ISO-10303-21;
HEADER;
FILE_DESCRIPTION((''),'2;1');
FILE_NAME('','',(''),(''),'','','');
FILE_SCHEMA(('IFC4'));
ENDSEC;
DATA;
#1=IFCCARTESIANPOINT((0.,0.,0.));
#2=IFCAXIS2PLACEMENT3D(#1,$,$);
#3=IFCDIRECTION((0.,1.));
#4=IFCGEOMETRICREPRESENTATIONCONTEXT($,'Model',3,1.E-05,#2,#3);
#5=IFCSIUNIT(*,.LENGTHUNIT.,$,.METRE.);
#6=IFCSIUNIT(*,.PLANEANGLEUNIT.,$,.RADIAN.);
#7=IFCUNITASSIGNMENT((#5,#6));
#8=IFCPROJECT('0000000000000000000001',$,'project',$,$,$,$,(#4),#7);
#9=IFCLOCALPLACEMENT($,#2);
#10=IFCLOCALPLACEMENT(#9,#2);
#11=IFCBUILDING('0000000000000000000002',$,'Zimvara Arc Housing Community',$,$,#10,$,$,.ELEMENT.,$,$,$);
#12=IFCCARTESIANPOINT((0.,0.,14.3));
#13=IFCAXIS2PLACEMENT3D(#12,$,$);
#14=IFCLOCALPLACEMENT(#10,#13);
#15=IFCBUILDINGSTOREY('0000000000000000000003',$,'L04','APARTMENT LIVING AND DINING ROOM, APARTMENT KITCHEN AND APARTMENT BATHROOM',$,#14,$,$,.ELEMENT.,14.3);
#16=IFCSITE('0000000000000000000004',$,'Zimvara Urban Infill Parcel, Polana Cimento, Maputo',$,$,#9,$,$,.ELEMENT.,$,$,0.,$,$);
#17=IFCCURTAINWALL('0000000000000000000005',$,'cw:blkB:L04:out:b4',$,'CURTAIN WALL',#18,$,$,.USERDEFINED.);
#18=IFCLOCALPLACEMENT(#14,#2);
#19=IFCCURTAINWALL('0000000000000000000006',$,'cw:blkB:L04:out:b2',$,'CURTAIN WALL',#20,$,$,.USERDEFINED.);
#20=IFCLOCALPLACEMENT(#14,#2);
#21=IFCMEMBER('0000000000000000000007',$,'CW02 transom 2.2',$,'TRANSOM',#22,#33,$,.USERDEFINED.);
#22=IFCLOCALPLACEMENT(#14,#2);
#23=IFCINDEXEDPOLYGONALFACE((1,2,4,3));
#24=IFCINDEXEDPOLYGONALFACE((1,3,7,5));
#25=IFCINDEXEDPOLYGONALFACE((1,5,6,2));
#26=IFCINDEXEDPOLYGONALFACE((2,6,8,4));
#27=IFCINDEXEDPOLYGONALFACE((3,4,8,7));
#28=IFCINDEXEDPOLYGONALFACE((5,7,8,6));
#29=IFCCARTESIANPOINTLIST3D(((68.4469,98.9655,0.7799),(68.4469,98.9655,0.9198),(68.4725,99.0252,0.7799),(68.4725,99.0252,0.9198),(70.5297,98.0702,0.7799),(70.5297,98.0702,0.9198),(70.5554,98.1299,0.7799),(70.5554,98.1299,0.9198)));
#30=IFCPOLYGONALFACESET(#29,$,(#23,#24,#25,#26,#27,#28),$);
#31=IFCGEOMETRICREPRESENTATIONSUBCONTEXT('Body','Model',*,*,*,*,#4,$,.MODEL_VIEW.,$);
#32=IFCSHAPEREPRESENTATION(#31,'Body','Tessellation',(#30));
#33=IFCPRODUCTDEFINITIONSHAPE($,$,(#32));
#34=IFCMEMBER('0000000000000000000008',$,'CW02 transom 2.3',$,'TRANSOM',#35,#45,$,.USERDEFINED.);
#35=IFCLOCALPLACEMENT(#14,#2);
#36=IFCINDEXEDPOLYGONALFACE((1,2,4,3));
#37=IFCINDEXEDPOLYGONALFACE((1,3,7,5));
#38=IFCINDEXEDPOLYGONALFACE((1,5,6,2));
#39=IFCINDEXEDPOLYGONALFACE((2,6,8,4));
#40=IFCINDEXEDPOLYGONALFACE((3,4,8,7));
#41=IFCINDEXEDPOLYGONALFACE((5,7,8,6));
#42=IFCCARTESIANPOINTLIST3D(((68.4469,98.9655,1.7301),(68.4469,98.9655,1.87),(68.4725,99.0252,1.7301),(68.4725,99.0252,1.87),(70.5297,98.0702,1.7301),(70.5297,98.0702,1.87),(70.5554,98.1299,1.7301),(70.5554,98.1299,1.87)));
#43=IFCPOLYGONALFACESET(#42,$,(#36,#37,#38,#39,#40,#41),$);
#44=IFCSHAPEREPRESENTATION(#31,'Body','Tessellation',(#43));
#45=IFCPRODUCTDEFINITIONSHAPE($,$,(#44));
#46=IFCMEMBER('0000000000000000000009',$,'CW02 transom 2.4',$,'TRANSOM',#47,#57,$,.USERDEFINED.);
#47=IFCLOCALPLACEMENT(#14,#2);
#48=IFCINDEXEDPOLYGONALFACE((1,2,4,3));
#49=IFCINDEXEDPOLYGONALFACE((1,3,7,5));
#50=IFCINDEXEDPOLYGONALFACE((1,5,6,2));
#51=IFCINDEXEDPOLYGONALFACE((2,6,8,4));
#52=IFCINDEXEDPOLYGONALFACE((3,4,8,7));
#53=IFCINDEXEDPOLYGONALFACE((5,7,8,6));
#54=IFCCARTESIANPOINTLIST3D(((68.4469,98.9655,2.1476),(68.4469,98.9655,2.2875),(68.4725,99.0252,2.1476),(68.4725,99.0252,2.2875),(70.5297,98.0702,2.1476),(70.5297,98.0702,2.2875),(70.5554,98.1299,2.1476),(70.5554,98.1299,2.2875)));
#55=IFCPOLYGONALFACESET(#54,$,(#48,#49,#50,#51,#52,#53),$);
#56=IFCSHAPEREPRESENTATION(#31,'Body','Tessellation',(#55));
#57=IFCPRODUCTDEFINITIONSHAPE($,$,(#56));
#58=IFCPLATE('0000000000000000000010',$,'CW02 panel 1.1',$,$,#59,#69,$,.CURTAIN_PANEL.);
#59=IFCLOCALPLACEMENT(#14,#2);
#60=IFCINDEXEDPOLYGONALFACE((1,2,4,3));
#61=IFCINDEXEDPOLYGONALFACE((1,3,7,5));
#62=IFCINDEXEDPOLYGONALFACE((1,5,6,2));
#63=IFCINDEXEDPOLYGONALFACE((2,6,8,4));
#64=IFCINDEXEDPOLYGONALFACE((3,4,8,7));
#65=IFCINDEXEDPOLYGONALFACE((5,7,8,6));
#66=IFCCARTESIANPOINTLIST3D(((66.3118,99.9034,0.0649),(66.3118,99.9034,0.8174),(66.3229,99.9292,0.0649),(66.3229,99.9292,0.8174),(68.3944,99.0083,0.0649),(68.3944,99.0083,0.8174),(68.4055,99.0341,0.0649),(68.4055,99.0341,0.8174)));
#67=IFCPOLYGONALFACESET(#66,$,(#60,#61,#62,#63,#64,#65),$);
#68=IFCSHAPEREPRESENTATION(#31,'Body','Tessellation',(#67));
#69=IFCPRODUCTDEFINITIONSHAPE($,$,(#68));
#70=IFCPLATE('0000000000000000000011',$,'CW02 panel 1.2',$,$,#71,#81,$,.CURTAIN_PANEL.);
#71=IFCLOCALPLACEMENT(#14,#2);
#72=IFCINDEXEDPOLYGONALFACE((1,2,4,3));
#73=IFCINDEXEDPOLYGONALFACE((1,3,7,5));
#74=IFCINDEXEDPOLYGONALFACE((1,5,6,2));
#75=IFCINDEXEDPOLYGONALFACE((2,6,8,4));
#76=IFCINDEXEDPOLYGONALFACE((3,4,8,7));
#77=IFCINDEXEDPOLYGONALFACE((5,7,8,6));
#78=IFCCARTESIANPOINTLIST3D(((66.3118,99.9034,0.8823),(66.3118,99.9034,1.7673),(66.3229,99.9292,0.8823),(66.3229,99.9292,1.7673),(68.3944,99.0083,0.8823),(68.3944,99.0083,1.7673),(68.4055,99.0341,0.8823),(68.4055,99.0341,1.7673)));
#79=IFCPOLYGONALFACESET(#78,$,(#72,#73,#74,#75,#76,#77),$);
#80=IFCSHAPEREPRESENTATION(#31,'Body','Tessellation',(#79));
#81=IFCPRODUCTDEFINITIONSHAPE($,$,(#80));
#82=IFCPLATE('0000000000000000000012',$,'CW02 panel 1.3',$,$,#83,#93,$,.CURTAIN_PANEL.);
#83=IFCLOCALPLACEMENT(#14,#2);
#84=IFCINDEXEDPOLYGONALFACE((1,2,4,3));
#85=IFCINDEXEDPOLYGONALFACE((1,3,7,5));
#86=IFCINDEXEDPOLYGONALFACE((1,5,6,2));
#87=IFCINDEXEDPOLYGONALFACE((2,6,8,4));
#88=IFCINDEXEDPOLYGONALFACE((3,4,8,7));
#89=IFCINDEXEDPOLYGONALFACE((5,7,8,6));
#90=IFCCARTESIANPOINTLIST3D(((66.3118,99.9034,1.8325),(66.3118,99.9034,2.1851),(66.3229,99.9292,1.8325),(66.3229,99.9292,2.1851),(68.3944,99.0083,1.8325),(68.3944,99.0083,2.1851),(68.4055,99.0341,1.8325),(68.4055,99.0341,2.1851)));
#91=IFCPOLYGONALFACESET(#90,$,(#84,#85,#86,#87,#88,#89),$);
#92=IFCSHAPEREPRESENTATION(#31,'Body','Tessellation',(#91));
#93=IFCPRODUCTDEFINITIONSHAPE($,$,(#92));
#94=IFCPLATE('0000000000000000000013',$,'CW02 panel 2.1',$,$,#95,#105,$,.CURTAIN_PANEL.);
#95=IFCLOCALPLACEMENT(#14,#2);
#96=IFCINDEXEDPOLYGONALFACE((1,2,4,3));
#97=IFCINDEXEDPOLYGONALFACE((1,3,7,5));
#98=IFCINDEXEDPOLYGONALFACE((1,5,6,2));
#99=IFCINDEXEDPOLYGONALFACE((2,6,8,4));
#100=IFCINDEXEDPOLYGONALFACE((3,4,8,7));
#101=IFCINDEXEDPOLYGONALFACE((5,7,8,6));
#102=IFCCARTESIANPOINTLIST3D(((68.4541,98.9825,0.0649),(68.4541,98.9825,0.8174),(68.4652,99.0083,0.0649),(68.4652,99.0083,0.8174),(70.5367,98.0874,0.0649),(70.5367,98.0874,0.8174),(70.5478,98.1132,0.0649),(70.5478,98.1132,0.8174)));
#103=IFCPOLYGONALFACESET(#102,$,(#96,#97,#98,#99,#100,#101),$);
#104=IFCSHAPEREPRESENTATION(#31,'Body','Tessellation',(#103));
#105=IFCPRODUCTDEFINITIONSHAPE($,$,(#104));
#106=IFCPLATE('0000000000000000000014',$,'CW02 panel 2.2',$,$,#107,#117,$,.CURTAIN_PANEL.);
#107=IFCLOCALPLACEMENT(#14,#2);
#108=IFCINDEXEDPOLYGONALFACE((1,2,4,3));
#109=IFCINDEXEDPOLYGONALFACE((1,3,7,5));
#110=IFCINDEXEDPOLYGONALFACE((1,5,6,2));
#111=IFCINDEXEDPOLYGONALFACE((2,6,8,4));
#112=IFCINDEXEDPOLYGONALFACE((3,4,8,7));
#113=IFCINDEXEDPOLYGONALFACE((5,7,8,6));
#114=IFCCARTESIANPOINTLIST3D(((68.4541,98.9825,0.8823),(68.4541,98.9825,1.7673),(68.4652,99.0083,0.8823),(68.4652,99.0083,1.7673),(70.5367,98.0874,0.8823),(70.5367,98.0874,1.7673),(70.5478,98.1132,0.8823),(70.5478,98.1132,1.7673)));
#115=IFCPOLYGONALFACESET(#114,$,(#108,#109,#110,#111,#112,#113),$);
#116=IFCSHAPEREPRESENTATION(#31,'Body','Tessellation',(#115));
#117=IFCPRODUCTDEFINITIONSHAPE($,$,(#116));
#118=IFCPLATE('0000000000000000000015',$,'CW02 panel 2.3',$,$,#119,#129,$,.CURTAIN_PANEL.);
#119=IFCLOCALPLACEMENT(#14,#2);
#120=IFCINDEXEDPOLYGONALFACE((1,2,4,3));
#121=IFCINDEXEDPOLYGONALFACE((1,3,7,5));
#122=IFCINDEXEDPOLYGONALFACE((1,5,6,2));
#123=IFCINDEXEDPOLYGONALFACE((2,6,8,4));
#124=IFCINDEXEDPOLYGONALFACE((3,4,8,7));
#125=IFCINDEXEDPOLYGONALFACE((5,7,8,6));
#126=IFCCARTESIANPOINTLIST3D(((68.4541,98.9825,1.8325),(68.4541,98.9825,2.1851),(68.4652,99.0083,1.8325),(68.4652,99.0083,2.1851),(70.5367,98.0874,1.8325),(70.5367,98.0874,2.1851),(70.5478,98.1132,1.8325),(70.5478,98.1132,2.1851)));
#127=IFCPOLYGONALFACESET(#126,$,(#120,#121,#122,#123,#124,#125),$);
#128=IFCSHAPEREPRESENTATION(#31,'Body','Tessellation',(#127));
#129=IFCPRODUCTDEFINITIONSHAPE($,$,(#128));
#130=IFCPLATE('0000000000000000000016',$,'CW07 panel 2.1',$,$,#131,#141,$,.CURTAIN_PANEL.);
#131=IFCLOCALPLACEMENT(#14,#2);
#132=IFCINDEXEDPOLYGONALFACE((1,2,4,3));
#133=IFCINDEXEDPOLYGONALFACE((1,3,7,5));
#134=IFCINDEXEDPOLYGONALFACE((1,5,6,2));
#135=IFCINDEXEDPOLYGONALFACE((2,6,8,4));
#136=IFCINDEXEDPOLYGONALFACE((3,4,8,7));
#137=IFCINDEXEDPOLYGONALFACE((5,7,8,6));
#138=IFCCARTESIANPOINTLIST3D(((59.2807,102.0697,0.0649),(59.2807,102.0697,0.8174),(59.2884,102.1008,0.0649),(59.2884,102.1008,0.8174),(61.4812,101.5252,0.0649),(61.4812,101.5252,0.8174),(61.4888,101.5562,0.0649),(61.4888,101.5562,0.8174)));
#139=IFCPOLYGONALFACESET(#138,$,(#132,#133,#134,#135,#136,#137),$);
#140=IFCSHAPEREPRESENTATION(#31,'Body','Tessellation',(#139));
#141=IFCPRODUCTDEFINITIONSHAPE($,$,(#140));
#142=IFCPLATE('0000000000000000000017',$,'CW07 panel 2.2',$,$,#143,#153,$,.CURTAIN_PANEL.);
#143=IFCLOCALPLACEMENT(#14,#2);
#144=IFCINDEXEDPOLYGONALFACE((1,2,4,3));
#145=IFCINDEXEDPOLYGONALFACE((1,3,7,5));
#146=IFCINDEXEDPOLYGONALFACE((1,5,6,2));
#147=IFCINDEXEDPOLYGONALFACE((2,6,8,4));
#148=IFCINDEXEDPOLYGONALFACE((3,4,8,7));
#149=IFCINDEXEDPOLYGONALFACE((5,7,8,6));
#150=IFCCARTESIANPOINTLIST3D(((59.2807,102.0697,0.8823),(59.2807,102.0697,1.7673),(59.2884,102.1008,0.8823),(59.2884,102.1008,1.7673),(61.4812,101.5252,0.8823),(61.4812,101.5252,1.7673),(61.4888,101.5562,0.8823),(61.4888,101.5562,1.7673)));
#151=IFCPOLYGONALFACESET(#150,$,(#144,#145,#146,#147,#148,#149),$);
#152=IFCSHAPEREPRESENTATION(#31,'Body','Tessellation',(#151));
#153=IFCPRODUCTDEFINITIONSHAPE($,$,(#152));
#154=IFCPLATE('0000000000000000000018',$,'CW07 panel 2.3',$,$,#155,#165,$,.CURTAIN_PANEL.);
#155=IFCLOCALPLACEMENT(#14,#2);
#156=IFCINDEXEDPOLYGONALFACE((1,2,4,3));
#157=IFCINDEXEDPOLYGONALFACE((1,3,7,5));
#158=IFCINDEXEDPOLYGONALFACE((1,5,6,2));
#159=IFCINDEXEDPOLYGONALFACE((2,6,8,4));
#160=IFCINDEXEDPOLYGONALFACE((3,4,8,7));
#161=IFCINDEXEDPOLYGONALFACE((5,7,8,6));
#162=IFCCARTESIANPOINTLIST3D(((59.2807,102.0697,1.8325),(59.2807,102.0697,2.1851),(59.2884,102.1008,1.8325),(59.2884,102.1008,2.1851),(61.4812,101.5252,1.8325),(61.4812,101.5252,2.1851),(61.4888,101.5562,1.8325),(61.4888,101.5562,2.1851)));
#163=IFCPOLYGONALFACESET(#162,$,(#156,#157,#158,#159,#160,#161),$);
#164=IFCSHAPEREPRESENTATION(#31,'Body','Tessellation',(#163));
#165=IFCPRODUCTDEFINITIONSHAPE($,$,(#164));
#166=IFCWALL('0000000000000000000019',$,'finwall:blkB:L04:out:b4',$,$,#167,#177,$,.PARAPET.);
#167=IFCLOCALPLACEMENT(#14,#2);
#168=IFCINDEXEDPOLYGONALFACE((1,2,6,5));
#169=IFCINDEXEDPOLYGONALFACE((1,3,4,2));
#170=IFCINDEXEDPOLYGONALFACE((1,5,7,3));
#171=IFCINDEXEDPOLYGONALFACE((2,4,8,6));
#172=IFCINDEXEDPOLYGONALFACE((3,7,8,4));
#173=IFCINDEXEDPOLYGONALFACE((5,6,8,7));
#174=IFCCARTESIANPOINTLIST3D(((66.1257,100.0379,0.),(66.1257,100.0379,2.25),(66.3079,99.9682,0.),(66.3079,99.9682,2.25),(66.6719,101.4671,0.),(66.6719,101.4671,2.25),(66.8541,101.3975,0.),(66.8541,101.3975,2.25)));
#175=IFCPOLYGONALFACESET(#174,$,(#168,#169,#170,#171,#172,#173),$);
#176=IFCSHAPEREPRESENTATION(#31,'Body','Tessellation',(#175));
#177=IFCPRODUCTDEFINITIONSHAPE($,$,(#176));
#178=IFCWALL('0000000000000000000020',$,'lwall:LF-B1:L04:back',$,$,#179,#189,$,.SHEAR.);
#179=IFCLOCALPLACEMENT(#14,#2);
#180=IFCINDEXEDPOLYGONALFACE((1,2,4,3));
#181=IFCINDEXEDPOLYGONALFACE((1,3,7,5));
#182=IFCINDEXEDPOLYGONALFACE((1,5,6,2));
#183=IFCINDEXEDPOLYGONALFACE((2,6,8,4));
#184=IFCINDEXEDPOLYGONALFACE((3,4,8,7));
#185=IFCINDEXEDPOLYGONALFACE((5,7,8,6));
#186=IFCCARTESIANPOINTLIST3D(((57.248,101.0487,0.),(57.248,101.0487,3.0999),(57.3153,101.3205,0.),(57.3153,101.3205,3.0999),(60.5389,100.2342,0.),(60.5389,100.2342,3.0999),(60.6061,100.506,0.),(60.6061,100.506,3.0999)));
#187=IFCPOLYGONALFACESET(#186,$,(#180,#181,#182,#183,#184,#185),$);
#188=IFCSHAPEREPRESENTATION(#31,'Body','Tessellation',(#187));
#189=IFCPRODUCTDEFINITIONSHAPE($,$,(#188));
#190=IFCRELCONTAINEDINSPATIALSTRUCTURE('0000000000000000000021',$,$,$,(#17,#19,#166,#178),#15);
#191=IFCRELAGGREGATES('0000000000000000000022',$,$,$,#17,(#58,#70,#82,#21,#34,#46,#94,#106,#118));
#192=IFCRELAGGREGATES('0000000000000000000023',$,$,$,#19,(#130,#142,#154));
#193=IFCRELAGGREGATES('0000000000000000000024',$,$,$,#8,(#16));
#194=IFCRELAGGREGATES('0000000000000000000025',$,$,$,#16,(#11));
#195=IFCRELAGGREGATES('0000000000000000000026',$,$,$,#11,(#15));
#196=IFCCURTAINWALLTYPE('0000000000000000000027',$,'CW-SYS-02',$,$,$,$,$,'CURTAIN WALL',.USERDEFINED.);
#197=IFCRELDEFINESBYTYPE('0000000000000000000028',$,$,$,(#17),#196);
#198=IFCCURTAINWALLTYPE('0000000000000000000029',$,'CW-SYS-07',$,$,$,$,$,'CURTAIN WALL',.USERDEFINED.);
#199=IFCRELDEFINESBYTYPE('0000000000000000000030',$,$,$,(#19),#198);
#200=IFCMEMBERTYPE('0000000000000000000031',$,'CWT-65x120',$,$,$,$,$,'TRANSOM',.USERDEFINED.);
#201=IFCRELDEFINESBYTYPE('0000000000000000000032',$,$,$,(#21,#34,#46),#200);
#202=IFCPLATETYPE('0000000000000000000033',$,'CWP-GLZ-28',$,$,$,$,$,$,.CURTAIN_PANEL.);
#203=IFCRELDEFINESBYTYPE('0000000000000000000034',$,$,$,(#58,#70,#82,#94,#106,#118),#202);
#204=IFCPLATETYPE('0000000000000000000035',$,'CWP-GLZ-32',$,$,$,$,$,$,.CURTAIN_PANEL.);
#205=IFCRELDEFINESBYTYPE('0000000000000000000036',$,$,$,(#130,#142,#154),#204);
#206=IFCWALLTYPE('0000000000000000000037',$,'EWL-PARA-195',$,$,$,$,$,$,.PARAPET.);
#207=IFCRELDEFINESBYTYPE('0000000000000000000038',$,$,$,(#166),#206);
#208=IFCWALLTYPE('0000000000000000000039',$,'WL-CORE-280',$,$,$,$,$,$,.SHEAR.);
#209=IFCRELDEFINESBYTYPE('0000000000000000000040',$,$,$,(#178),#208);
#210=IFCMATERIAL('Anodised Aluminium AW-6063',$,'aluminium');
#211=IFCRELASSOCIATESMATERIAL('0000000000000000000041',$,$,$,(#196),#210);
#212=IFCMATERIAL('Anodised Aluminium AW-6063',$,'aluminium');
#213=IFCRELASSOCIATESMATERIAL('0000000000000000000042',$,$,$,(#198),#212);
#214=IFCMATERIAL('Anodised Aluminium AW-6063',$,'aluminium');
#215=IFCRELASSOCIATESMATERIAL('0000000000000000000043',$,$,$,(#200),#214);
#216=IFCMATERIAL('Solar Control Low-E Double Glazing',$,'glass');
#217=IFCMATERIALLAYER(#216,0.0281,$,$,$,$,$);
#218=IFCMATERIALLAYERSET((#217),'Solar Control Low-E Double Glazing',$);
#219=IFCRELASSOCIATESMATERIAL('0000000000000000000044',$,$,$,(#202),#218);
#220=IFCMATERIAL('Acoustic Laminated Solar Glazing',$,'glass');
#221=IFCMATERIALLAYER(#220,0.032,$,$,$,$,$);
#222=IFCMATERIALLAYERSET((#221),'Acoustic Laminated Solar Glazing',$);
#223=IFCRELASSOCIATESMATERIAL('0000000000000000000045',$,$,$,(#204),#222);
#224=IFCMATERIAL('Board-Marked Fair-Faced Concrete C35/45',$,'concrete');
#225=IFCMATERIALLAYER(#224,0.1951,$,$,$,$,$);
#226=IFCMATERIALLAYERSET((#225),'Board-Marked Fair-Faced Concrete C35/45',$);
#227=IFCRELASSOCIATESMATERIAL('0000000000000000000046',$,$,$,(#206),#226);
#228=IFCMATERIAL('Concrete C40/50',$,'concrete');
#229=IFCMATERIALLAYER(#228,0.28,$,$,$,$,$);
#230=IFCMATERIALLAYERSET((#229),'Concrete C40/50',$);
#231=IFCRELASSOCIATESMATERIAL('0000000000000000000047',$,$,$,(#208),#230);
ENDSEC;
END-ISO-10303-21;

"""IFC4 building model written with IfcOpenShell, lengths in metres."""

from ifc_helpers import new_model, si_unit, direction, frame, frame_2d, origin, origin_2d, place, context, subcontext, project, spatial, rectangle, extrude, material, layer, layer_set, material_profile, profile_set, type_object, element, aggregate, save


model = new_model("IFC4")

# Units and contexts
model_context = context("Model", 3, precision=1e-05, world=origin(), true_north=direction((0.0, 1.0)))
body_context = subcontext(model_context, "Body", "Model", "MODEL_VIEW")
ifc_project = project(units=[si_unit("LENGTHUNIT", "METRE"), si_unit("PLANEANGLEUNIT", "RADIAN")], contexts=[model_context])

# Site, building, storey
site_placement = place(None, origin())
site = spatial("IfcSite", under=ifc_project, at=site_placement, Name="Zimvara Urban Infill Parcel, Polana Cimento, Maputo", CompositionType="ELEMENT", RefElevation=0.0)
building_placement = place(site_placement, origin())
building = spatial("IfcBuilding", under=site, at=building_placement, Name="Zimvara Arc Housing Community", CompositionType="ELEMENT")
storey_placement = place(building_placement, frame((0.0, 0.0, 14.3)))
storey = spatial("IfcBuildingStorey", under=building, at=storey_placement, Name="L04", Description="APARTMENT LIVING AND DINING ROOM, APARTMENT KITCHEN AND APARTMENT BATHROOM", CompositionType="ELEMENT", Elevation=14.3)

# Curtain wall
ifc_material_1 = material(Name="Anodised Aluminium AW-6063", Category="aluminium")
curtain_wall_type_1 = type_object("IfcCurtainWallType", Name="CW-SYS-02", ElementType="CURTAIN WALL", PredefinedType="USERDEFINED", material=ifc_material_1)
curtain_wall_1_placement = place(storey_placement, origin())
curtain_wall_1 = element("IfcCurtainWall", 1, at=curtain_wall_1_placement, inside=storey, type_object=curtain_wall_type_1, Name="cw:blkB:L04:out:b4", ObjectType="CURTAIN WALL", PredefinedType="USERDEFINED")

# Curtain wall
ifc_material_2 = material(Name="Anodised Aluminium AW-6063", Category="aluminium")
curtain_wall_type_2 = type_object("IfcCurtainWallType", Name="CW-SYS-07", ElementType="CURTAIN WALL", PredefinedType="USERDEFINED", material=ifc_material_2)
curtain_wall_2_placement = place(storey_placement, origin())
curtain_wall_2 = element("IfcCurtainWall", 2, at=curtain_wall_2_placement, inside=storey, type_object=curtain_wall_type_2, Name="cw:blkB:L04:out:b2", ObjectType="CURTAIN WALL", PredefinedType="USERDEFINED")

# Members
ifc_material_3 = material(Name="Anodised Aluminium AW-6063", Category="aluminium")
ifc_material_profile_1 = material_profile(ifc_material_3, rectangle(XDim=0.0649, YDim=0.1399, at=origin_2d()), Name="ALU 65x140")
ifc_profile_set_1 = profile_set([ifc_material_profile_1], Name="Anodised Aluminium AW-6063")
member_type_1 = type_object("IfcMemberType", Name="CWT-65x120", ElementType="TRANSOM", PredefinedType="USERDEFINED", material=ifc_profile_set_1)
member_1_placement = place(storey_placement, frame((68.4597, 98.9954, 0.8499), z_axis=(0.918721, -0.394907, 0.0), x_axis=(0.394907, 0.918721, 0.0)))
member_1 = element("IfcMember", 3, at=member_1_placement, type_object=member_type_1, Name="CW02 transom 2.2", ObjectType="TRANSOM", PredefinedType="USERDEFINED", context=body_context, shape_type="SweptSolid", body=[
    extrude(rectangle(XDim=0.0649, YDim=0.1399, at=origin_2d()), origin(), (0.0, 0.0, 1.0), 2.2671),
])
member_2_placement = place(storey_placement, frame((68.4597, 98.9954, 1.8), z_axis=(0.918721, -0.394907, 0.0), x_axis=(0.394907, 0.918721, 0.0)))
member_2 = element("IfcMember", 4, at=member_2_placement, type_object=member_type_1, Name="CW02 transom 2.3", ObjectType="TRANSOM", PredefinedType="USERDEFINED", context=body_context, shape_type="SweptSolid", body=[
    extrude(rectangle(XDim=0.0649, YDim=0.1399, at=origin_2d()), origin(), (0.0, 0.0, 1.0), 2.2671),
])
member_3_placement = place(storey_placement, frame((68.4597, 98.9954, 2.2175), z_axis=(0.918721, -0.394907, 0.0), x_axis=(0.394907, 0.918721, 0.0)))
member_3 = element("IfcMember", 5, at=member_3_placement, type_object=member_type_1, Name="CW02 transom 2.4", ObjectType="TRANSOM", PredefinedType="USERDEFINED", context=body_context, shape_type="SweptSolid", body=[
    extrude(rectangle(XDim=0.0649, YDim=0.1399, at=origin_2d()), origin(), (0.0, 0.0, 1.0), 2.2671),
])

# Plates
ifc_material_4 = material(Name="Solar Control Low-E Double Glazing", Category="glass")
ifc_layer_1 = layer(ifc_material_4, 0.0281)
ifc_layer_set_1 = layer_set([ifc_layer_1], Name="Solar Control Low-E Double Glazing")
plate_type_1 = type_object("IfcPlateType", Name="CWP-GLZ-28", PredefinedType="CURTAIN_PANEL", material=ifc_layer_set_1)
plate_1_placement = place(storey_placement, frame((67.3586, 99.4688, 0.0649), z_axis=(0.0, 0.0, 1.0), x_axis=(0.918722, -0.394904, 0.0)))
plate_1 = element("IfcPlate", 6, at=plate_1_placement, type_object=plate_type_1, Name="CW02 panel 1.1", PredefinedType="CURTAIN_PANEL", context=body_context, shape_type="SweptSolid", body=[
    extrude(rectangle(XDim=2.2668, YDim=0.0281, at=origin_2d()), origin(), (0.0, 0.0, 1.0), 0.7524),
])
plate_2_placement = place(storey_placement, frame((67.3586, 99.4688, 0.8823), z_axis=(0.0, 0.0, 1.0), x_axis=(0.918722, -0.394904, 0.0)))
plate_2 = element("IfcPlate", 7, at=plate_2_placement, type_object=plate_type_1, Name="CW02 panel 1.2", PredefinedType="CURTAIN_PANEL", context=body_context, shape_type="SweptSolid", body=[
    extrude(rectangle(XDim=2.2668, YDim=0.0281, at=origin_2d()), origin(), (0.0, 0.0, 1.0), 0.885),
])
plate_3_placement = place(storey_placement, frame((67.3586, 99.4688, 1.8325), z_axis=(0.0, 0.0, 1.0), x_axis=(0.918722, -0.394904, 0.0)))
plate_3 = element("IfcPlate", 8, at=plate_3_placement, type_object=plate_type_1, Name="CW02 panel 1.3", PredefinedType="CURTAIN_PANEL", context=body_context, shape_type="SweptSolid", body=[
    extrude(rectangle(XDim=2.2668, YDim=0.0281, at=origin_2d()), origin(), (0.0, 0.0, 1.0), 0.3525),
])
plate_4_placement = place(storey_placement, frame((69.501, 98.5479, 0.0649), z_axis=(0.0, 0.0, 1.0), x_axis=(0.918722, -0.394904, 0.0)))
plate_4 = element("IfcPlate", 9, at=plate_4_placement, type_object=plate_type_1, Name="CW02 panel 2.1", PredefinedType="CURTAIN_PANEL", context=body_context, shape_type="SweptSolid", body=[
    extrude(rectangle(XDim=2.2668, YDim=0.0281, at=origin_2d()), origin(), (0.0, 0.0, 1.0), 0.7524),
])
plate_5_placement = place(storey_placement, frame((69.501, 98.5479, 0.8823), z_axis=(0.0, 0.0, 1.0), x_axis=(0.918722, -0.394904, 0.0)))
plate_5 = element("IfcPlate", 10, at=plate_5_placement, type_object=plate_type_1, Name="CW02 panel 2.2", PredefinedType="CURTAIN_PANEL", context=body_context, shape_type="SweptSolid", body=[
    extrude(rectangle(XDim=2.2668, YDim=0.0281, at=origin_2d()), origin(), (0.0, 0.0, 1.0), 0.885),
])
plate_6_placement = place(storey_placement, frame((69.501, 98.5479, 1.8325), z_axis=(0.0, 0.0, 1.0), x_axis=(0.918722, -0.394904, 0.0)))
plate_6 = element("IfcPlate", 11, at=plate_6_placement, type_object=plate_type_1, Name="CW02 panel 2.3", PredefinedType="CURTAIN_PANEL", context=body_context, shape_type="SweptSolid", body=[
    extrude(rectangle(XDim=2.2668, YDim=0.0281, at=origin_2d()), origin(), (0.0, 0.0, 1.0), 0.3525),
])
aggregate(curtain_wall_1, [plate_1, plate_2, plate_3, member_1, member_2, member_3, plate_4, plate_5, plate_6])
ifc_material_5 = material(Name="Acoustic Laminated Solar Glazing", Category="glass")
ifc_layer_2 = layer(ifc_material_5, 0.032)
ifc_layer_set_2 = layer_set([ifc_layer_2], Name="Acoustic Laminated Solar Glazing")
plate_type_2 = type_object("IfcPlateType", Name="CWP-GLZ-32", PredefinedType="CURTAIN_PANEL", material=ifc_layer_set_2)
plate_7_placement = place(storey_placement, frame((60.3848, 101.813, 0.0649), z_axis=(0.0, 0.0, 1.0), x_axis=(0.970716, -0.24023, 0.0)))
plate_7 = element("IfcPlate", 12, at=plate_7_placement, type_object=plate_type_2, Name="CW07 panel 2.1", PredefinedType="CURTAIN_PANEL", context=body_context, shape_type="SweptSolid", body=[
    extrude(rectangle(XDim=2.2668, YDim=0.032, at=origin_2d()), origin(), (0.0, 0.0, 1.0), 0.7524),
])
plate_8_placement = place(storey_placement, frame((60.3848, 101.813, 0.8823), z_axis=(0.0, 0.0, 1.0), x_axis=(0.970716, -0.24023, 0.0)))
plate_8 = element("IfcPlate", 13, at=plate_8_placement, type_object=plate_type_2, Name="CW07 panel 2.2", PredefinedType="CURTAIN_PANEL", context=body_context, shape_type="SweptSolid", body=[
    extrude(rectangle(XDim=2.2668, YDim=0.032, at=origin_2d()), origin(), (0.0, 0.0, 1.0), 0.885),
])
plate_9_placement = place(storey_placement, frame((60.3848, 101.813, 1.8325), z_axis=(0.0, 0.0, 1.0), x_axis=(0.970716, -0.24023, 0.0)))
plate_9 = element("IfcPlate", 14, at=plate_9_placement, type_object=plate_type_2, Name="CW07 panel 2.3", PredefinedType="CURTAIN_PANEL", context=body_context, shape_type="SweptSolid", body=[
    extrude(rectangle(XDim=2.2668, YDim=0.032, at=origin_2d()), origin(), (0.0, 0.0, 1.0), 0.3525),
])
aggregate(curtain_wall_2, [plate_7, plate_8, plate_9])

# Walls
ifc_material_6 = material(Name="Board-Marked Fair-Faced Concrete C35/45", Category="concrete")
ifc_layer_3 = layer(ifc_material_6, 0.1951)
ifc_layer_set_3 = layer_set([ifc_layer_3], Name="Board-Marked Fair-Faced Concrete C35/45")
wall_type_1 = type_object("IfcWallType", Name="EWL-PARA-195", PredefinedType="PARAPET", material=ifc_layer_set_3)
wall_1_placement = place(storey_placement, frame((66.2168, 100.0029, 0.0), z_axis=(0.0, 0.0, 1.0), x_axis=(0.356957, 0.934121, 0.0)))
element("IfcWall", 15, at=wall_1_placement, inside=storey, type_object=wall_type_1, Name="finwall:blkB:L04:out:b4", PredefinedType="PARAPET", context=body_context, shape_type="SweptSolid", body=[
    extrude(rectangle(XDim=1.53, YDim=0.1951, at=frame_2d((0.7651, 0.0))), origin(), (0.0, 0.0, 1.0), 2.25),
])
ifc_material_7 = material(Name="Concrete C40/50", Category="concrete")
ifc_layer_4 = layer(ifc_material_7, 0.28)
ifc_layer_set_4 = layer_set([ifc_layer_4], Name="Concrete C40/50")
wall_type_2 = type_object("IfcWallType", Name="WL-CORE-280", PredefinedType="SHEAR", material=ifc_layer_set_4)
wall_2_placement = place(storey_placement, frame((60.5725, 100.3701, 0.0), z_axis=(0.0, 0.0, 1.0), x_axis=(-0.970712, 0.240247, 0.0)))
element("IfcWall", 16, at=wall_2_placement, inside=storey, type_object=wall_type_2, Name="lwall:LF-B1:L04:back", PredefinedType="SHEAR", context=body_context, shape_type="SweptSolid", body=[
    extrude(rectangle(XDim=3.3901, YDim=0.28, at=frame_2d((1.6951, 0.0))), origin(), (0.0, 0.0, 1.0), 3.0999),
])

save(model, "model.ifc")
